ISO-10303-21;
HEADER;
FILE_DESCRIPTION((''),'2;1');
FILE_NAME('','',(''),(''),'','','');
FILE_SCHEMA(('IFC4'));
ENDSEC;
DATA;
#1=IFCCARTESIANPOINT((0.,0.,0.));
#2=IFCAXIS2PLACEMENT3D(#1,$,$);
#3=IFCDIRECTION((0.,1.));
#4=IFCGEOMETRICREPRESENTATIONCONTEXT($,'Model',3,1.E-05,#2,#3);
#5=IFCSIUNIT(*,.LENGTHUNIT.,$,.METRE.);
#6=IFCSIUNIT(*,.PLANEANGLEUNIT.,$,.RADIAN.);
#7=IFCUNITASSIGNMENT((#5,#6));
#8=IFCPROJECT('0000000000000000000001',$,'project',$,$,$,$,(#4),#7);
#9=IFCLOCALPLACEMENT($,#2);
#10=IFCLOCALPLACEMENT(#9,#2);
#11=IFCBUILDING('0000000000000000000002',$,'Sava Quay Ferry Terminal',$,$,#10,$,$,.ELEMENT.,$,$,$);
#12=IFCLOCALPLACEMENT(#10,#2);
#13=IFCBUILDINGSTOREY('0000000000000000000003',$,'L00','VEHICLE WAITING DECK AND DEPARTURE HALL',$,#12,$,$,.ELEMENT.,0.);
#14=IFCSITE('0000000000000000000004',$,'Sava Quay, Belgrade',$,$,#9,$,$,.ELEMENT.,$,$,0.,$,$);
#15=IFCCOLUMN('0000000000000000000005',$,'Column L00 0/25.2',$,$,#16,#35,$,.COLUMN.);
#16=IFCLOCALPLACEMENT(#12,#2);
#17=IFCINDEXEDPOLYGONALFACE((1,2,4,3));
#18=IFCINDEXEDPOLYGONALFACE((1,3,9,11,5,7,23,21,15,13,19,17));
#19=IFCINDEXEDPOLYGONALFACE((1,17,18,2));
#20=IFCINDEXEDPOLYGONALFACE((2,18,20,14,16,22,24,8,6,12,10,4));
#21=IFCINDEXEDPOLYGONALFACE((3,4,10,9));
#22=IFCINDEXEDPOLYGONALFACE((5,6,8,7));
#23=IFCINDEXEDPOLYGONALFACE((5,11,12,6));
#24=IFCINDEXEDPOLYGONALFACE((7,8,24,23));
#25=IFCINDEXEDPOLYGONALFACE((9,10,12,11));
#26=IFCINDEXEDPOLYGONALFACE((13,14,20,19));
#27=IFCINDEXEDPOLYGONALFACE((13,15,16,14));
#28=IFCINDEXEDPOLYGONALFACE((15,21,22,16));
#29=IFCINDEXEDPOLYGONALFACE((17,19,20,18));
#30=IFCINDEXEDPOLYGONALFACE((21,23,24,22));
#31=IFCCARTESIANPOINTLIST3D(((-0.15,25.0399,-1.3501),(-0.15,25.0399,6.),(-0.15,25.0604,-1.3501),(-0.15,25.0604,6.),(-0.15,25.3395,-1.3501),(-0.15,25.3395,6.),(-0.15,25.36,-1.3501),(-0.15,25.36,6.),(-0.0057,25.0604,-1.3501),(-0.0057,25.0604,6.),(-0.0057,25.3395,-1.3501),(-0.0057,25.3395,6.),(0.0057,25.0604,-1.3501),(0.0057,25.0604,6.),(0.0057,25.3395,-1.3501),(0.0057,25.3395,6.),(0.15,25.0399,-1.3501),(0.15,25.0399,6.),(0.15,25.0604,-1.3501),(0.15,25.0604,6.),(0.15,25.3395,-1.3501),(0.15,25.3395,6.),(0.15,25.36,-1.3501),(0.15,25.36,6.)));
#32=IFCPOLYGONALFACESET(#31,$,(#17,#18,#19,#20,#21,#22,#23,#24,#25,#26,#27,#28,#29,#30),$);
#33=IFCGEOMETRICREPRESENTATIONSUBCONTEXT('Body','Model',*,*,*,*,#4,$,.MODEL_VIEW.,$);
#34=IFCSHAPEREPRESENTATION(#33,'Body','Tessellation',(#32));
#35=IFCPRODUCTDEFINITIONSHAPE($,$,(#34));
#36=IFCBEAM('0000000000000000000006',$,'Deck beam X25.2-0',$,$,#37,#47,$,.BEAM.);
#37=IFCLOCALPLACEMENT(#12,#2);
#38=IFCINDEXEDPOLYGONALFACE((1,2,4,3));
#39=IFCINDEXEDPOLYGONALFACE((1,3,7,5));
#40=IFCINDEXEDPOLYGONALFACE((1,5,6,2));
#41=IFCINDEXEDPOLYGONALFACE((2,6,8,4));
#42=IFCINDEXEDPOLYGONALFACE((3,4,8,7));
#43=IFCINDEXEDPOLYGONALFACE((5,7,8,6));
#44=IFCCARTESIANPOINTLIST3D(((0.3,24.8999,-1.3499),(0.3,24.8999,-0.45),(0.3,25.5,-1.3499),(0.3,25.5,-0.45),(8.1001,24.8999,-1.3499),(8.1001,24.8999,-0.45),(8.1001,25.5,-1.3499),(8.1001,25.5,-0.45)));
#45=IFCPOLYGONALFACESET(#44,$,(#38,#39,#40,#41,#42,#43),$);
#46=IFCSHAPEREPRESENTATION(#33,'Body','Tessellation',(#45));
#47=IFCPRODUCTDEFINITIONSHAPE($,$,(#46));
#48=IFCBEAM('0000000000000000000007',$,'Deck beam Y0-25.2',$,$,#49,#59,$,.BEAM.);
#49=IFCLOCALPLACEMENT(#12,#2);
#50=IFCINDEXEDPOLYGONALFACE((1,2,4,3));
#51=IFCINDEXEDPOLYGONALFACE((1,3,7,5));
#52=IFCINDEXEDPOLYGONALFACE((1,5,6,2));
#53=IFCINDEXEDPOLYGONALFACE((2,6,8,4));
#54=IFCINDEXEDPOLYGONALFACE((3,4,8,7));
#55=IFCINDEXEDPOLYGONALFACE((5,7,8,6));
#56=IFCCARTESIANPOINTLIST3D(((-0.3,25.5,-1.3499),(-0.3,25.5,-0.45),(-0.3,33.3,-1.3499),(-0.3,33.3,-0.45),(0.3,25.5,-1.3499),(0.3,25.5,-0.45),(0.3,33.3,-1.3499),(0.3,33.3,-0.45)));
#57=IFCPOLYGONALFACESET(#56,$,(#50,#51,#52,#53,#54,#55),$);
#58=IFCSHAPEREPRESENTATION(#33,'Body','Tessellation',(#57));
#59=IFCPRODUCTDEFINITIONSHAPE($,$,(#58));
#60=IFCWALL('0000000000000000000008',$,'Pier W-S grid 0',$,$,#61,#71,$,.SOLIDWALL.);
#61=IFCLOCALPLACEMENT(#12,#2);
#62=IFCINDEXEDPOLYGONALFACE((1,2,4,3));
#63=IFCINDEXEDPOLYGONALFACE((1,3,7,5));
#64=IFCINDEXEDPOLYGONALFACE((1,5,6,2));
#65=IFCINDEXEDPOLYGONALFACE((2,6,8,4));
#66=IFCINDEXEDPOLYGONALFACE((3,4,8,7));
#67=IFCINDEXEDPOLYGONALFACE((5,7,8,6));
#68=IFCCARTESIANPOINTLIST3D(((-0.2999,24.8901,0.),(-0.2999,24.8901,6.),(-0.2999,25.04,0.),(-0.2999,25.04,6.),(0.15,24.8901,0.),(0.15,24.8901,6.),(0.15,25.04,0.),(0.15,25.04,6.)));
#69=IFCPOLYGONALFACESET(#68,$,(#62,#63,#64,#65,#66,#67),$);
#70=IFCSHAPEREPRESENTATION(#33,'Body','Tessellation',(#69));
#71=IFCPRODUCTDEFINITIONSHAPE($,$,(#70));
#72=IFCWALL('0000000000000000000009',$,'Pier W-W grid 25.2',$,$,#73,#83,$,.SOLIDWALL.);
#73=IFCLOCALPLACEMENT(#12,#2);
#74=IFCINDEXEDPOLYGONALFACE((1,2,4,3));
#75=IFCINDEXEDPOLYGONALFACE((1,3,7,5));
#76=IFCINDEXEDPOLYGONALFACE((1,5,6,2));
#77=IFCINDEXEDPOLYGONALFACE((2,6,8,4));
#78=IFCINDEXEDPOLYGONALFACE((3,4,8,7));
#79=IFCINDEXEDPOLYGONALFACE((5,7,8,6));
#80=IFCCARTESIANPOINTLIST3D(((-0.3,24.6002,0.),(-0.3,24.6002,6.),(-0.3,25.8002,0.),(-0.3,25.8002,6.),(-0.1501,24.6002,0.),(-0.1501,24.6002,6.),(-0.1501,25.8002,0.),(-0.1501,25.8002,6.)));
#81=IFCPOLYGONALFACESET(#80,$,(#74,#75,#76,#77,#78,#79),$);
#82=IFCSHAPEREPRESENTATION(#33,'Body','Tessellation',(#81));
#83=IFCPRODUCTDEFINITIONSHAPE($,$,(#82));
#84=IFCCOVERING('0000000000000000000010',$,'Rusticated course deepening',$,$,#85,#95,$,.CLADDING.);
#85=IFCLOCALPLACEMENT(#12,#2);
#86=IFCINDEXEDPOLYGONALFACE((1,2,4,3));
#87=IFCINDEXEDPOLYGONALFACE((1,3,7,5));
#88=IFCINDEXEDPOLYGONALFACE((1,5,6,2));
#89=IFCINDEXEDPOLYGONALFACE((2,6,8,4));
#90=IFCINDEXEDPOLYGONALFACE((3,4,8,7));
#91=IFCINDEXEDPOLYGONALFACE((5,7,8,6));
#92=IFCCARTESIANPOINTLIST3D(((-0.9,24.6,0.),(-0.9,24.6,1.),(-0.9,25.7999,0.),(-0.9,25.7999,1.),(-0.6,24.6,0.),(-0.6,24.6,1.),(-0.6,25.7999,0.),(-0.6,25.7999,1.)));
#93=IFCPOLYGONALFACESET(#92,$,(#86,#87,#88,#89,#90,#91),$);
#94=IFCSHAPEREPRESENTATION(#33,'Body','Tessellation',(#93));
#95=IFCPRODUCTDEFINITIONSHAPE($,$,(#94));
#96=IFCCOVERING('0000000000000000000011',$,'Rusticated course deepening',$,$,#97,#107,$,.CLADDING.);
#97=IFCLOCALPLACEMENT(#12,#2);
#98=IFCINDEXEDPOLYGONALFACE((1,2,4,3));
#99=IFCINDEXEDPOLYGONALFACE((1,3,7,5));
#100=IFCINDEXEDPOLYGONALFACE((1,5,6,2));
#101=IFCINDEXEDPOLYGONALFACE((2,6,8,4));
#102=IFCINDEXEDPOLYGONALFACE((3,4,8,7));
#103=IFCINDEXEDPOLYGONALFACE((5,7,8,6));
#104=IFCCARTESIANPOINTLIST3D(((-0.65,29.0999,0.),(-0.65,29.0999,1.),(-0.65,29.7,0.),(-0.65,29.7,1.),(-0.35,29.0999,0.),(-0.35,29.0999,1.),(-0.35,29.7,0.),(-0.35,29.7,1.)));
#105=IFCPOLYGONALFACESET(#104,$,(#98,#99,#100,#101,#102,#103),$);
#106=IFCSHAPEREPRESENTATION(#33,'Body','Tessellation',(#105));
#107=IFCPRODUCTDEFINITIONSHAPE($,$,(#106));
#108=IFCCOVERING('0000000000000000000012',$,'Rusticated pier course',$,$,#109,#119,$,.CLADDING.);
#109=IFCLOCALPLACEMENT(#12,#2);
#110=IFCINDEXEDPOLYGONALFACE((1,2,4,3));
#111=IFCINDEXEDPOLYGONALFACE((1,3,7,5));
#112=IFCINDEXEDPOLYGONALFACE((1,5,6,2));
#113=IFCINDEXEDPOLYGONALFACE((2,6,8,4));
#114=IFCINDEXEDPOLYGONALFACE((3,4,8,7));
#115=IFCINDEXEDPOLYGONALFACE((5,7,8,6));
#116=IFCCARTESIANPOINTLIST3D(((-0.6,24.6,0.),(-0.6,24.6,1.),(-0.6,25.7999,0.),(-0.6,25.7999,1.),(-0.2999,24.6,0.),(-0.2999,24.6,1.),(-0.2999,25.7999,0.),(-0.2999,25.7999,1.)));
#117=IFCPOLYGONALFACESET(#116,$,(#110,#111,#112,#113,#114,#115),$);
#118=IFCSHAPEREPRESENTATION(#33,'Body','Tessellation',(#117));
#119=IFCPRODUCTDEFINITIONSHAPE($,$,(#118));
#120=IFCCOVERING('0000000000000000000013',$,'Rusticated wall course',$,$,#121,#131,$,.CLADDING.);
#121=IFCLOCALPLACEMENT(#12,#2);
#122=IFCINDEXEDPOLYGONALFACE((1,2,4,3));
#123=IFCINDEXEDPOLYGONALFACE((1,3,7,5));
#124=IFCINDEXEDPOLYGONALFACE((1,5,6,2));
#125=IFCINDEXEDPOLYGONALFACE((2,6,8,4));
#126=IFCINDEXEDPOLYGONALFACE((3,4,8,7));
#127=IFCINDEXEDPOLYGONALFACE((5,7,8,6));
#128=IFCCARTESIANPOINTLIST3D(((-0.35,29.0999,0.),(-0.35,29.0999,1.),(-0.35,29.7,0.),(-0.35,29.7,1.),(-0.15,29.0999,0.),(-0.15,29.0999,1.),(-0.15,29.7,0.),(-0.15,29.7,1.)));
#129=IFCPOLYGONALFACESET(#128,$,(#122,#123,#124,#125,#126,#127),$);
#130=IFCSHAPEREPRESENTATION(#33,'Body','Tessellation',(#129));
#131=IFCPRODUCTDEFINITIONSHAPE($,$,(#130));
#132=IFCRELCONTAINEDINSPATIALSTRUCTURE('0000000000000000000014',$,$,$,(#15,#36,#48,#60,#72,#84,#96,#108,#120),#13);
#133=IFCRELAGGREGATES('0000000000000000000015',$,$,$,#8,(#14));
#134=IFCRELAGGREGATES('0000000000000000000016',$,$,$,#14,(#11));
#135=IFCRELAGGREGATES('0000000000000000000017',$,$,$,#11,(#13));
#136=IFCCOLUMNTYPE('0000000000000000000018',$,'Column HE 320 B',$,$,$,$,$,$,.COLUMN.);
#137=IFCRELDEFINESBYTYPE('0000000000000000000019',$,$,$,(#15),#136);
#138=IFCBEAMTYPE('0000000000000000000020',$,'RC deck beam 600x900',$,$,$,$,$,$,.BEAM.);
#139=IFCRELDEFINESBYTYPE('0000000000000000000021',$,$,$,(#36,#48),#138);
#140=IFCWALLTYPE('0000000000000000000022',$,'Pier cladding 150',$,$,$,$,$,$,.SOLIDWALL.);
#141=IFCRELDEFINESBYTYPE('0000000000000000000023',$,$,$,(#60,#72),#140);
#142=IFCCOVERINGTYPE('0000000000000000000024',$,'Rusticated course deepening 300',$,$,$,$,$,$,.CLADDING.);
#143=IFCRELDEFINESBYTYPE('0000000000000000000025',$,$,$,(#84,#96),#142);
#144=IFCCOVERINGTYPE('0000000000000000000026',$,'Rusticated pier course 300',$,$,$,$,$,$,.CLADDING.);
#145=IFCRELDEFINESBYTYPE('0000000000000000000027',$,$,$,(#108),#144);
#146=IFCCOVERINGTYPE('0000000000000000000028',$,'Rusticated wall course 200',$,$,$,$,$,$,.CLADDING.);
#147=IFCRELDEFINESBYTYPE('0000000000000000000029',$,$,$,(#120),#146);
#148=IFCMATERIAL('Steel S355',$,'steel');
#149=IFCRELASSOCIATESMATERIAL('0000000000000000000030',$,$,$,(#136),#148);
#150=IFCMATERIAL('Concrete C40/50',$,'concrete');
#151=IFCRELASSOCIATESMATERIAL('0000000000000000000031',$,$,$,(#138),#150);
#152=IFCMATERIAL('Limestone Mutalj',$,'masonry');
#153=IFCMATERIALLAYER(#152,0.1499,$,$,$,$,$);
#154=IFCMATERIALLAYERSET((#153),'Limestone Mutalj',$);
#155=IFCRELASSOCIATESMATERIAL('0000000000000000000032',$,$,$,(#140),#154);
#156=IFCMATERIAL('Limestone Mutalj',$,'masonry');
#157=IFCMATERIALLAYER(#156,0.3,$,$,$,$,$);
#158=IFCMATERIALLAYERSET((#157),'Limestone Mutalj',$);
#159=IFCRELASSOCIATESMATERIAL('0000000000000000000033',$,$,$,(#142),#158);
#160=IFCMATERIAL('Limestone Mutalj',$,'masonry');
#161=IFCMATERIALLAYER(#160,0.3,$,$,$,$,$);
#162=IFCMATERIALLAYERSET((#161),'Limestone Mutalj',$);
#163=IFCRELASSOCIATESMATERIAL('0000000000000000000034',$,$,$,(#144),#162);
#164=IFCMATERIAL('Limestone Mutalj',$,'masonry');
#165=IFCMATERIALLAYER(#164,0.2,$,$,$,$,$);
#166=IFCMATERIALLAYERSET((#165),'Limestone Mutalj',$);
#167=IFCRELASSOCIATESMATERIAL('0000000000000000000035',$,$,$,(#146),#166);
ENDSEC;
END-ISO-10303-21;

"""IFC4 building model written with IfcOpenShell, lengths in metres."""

from ifc_helpers import new_model, si_unit, direction, frame, frame_2d, origin, origin_2d, place, context, subcontext, project, spatial, rectangle, i_section, extrude, material, layer, layer_set, material_profile, profile_set, type_object, element, save


model = new_model("IFC4")

# Units and contexts
model_context = context("Model", 3, precision=1e-05, world=origin(), true_north=direction((0.0, 1.0)))
body_context = subcontext(model_context, "Body", "Model", "MODEL_VIEW")
ifc_project = project(units=[si_unit("LENGTHUNIT", "METRE"), si_unit("PLANEANGLEUNIT", "RADIAN")], contexts=[model_context])

# Site, building, storey
site_placement = place(None, origin())
site = spatial("IfcSite", under=ifc_project, at=site_placement, Name="Sava Quay, Belgrade", CompositionType="ELEMENT", RefElevation=0.0)
building_placement = place(site_placement, origin())
building = spatial("IfcBuilding", under=site, at=building_placement, Name="Sava Quay Ferry Terminal", CompositionType="ELEMENT")
storey_placement = place(building_placement, origin())
storey = spatial("IfcBuildingStorey", under=building, at=storey_placement, Name="L00", Description="VEHICLE WAITING DECK AND DEPARTURE HALL", CompositionType="ELEMENT", Elevation=0.0)

# Column
ifc_material_1 = material(Name="Steel S355", Category="steel")
ifc_material_profile_1 = material_profile(ifc_material_1, i_section(OverallWidth=0.3, OverallDepth=0.3201, WebThickness=0.0115, FlangeThickness=0.0205, at=origin_2d()), Name="HE 320 B")
ifc_profile_set_1 = profile_set([ifc_material_profile_1], Name="Steel S355")
column_type = type_object("IfcColumnType", Name="Column HE 320 B", PredefinedType="COLUMN", material=ifc_profile_set_1)
column_placement = place(storey_placement, frame((0.0, 25.2, -1.3501), z_axis=(0.0, 0.0, 1.0), x_axis=(1.0, 0.0, 0.0)))
element("IfcColumn", 1, at=column_placement, inside=storey, type_object=column_type, Name="Column L00 0/25.2", PredefinedType="COLUMN", context=body_context, shape_type="SweptSolid", body=[
    extrude(i_section(OverallWidth=0.3, OverallDepth=0.3201, WebThickness=0.0115, FlangeThickness=0.0205, at=origin_2d()), origin(), (0.0, 0.0, 1.0), 7.3501),
])

# Beams
ifc_material_2 = material(Name="Concrete C40/50", Category="concrete")
ifc_material_profile_2 = material_profile(ifc_material_2, rectangle(XDim=0.6001, YDim=0.8999, at=origin_2d()), Name="RC 600x900")
ifc_profile_set_2 = profile_set([ifc_material_profile_2], Name="Concrete C40/50")
beam_type = type_object("IfcBeamType", Name="RC deck beam 600x900", PredefinedType="BEAM", material=ifc_profile_set_2)
for number, where, z_axis, x_axis, name in (
    (2, (0.3, 25.2, -0.8999), (1.0, 0.0, 0.0), (0.0, 1.0, 0.0), "Deck beam X25.2-0"),
    (3, (0.0, 25.5, -0.8999), (0.0, 1.0, 0.0), (-1.0, 0.0, 0.0), "Deck beam Y0-25.2"),
):
    element("IfcBeam", number, at=place(storey_placement, frame(where, z_axis=z_axis, x_axis=x_axis)), inside=storey, type_object=beam_type, Name=name, PredefinedType="BEAM", context=body_context, shape_type="SweptSolid", body=[
        extrude(rectangle(XDim=0.6001, YDim=0.8999, at=origin_2d()), origin(), (0.0, 0.0, 1.0), 7.8),
    ])

# Walls
ifc_material_3 = material(Name="Limestone Mutalj", Category="masonry")
ifc_layer_1 = layer(ifc_material_3, 0.1499)
ifc_layer_set_1 = layer_set([ifc_layer_1], Name="Limestone Mutalj")
wall_type_1 = type_object("IfcWallType", Name="Pier cladding 150", PredefinedType="SOLIDWALL", material=ifc_layer_set_1)
wall_1_placement = place(storey_placement, frame((-0.3, 24.9651, 0.0), z_axis=(0.0, 0.0, 1.0), x_axis=(1.0, 0.0, 0.0)))
element("IfcWall", 4, at=wall_1_placement, inside=storey, type_object=wall_type_1, Name="Pier W-S grid 0", PredefinedType="SOLIDWALL", context=body_context, shape_type="SweptSolid", body=[
    extrude(rectangle(XDim=0.45, YDim=0.1499, at=frame_2d((0.2251, 0.0))), origin(), (0.0, 0.0, 1.0), 6.0),
])
wall_2_placement = place(storey_placement, frame((-0.2251, 24.6001, 0.0), z_axis=(0.0, 0.0, 1.0), x_axis=(0.0, 1.0, 0.0)))
element("IfcWall", 5, at=wall_2_placement, inside=storey, type_object=wall_type_1, Name="Pier W-W grid 25.2", PredefinedType="SOLIDWALL", context=body_context, shape_type="SweptSolid", body=[
    extrude(rectangle(XDim=1.2, YDim=0.1499, at=frame_2d((0.6001, 0.0))), origin(), (0.0, 0.0, 1.0), 6.0),
])

# Coverings
ifc_material_4 = material(Name="Limestone Mutalj", Category="masonry")
ifc_layer_2 = layer(ifc_material_4, 0.3)
ifc_layer_set_2 = layer_set([ifc_layer_2], Name="Limestone Mutalj")
covering_type_1 = type_object("IfcCoveringType", Name="Rusticated course deepening 300", PredefinedType="CLADDING", material=ifc_layer_set_2)
covering_1_placement = place(storey_placement, frame((-0.75, 25.2, 0.0), z_axis=(0.0, 0.0, 1.0), x_axis=(1.0, 0.0, 0.0)))
element("IfcCovering", 6, at=covering_1_placement, inside=storey, type_object=covering_type_1, Name="Rusticated course deepening", PredefinedType="CLADDING", context=body_context, shape_type="SweptSolid", body=[
    extrude(rectangle(XDim=0.3, YDim=1.2, at=origin_2d()), origin(), (0.0, 0.0, 1.0), 1.0),
])
covering_2_placement = place(storey_placement, frame((-0.5, 29.3999, 0.0), z_axis=(0.0, 0.0, 1.0), x_axis=(1.0, 0.0, 0.0)))
element("IfcCovering", 7, at=covering_2_placement, inside=storey, type_object=covering_type_1, Name="Rusticated course deepening", PredefinedType="CLADDING", context=body_context, shape_type="SweptSolid", body=[
    extrude(rectangle(XDim=0.3, YDim=0.6001, at=origin_2d()), origin(), (0.0, 0.0, 1.0), 1.0),
])
ifc_material_5 = material(Name="Limestone Mutalj", Category="masonry")
ifc_layer_3 = layer(ifc_material_5, 0.3)
ifc_layer_set_3 = layer_set([ifc_layer_3], Name="Limestone Mutalj")
covering_type_2 = type_object("IfcCoveringType", Name="Rusticated pier course 300", PredefinedType="CLADDING", material=ifc_layer_set_3)
covering_3_placement = place(storey_placement, frame((-0.45, 25.2, 0.0), z_axis=(0.0, 0.0, 1.0), x_axis=(1.0, 0.0, 0.0)))
element("IfcCovering", 8, at=covering_3_placement, inside=storey, type_object=covering_type_2, Name="Rusticated pier course", PredefinedType="CLADDING", context=body_context, shape_type="SweptSolid", body=[
    extrude(rectangle(XDim=0.3, YDim=1.2, at=origin_2d()), origin(), (0.0, 0.0, 1.0), 1.0),
])
ifc_material_6 = material(Name="Limestone Mutalj", Category="masonry")
ifc_layer_4 = layer(ifc_material_6, 0.2)
ifc_layer_set_4 = layer_set([ifc_layer_4], Name="Limestone Mutalj")
covering_type_3 = type_object("IfcCoveringType", Name="Rusticated wall course 200", PredefinedType="CLADDING", material=ifc_layer_set_4)
covering_4_placement = place(storey_placement, frame((-0.25, 29.3999, 0.0), z_axis=(0.0, 0.0, 1.0), x_axis=(1.0, 0.0, 0.0)))
element("IfcCovering", 9, at=covering_4_placement, inside=storey, type_object=covering_type_3, Name="Rusticated wall course", PredefinedType="CLADDING", context=body_context, shape_type="SweptSolid", body=[
    extrude(rectangle(XDim=0.2, YDim=0.6001, at=origin_2d()), origin(), (0.0, 0.0, 1.0), 1.0),
])

save(model, "model.ifc")
